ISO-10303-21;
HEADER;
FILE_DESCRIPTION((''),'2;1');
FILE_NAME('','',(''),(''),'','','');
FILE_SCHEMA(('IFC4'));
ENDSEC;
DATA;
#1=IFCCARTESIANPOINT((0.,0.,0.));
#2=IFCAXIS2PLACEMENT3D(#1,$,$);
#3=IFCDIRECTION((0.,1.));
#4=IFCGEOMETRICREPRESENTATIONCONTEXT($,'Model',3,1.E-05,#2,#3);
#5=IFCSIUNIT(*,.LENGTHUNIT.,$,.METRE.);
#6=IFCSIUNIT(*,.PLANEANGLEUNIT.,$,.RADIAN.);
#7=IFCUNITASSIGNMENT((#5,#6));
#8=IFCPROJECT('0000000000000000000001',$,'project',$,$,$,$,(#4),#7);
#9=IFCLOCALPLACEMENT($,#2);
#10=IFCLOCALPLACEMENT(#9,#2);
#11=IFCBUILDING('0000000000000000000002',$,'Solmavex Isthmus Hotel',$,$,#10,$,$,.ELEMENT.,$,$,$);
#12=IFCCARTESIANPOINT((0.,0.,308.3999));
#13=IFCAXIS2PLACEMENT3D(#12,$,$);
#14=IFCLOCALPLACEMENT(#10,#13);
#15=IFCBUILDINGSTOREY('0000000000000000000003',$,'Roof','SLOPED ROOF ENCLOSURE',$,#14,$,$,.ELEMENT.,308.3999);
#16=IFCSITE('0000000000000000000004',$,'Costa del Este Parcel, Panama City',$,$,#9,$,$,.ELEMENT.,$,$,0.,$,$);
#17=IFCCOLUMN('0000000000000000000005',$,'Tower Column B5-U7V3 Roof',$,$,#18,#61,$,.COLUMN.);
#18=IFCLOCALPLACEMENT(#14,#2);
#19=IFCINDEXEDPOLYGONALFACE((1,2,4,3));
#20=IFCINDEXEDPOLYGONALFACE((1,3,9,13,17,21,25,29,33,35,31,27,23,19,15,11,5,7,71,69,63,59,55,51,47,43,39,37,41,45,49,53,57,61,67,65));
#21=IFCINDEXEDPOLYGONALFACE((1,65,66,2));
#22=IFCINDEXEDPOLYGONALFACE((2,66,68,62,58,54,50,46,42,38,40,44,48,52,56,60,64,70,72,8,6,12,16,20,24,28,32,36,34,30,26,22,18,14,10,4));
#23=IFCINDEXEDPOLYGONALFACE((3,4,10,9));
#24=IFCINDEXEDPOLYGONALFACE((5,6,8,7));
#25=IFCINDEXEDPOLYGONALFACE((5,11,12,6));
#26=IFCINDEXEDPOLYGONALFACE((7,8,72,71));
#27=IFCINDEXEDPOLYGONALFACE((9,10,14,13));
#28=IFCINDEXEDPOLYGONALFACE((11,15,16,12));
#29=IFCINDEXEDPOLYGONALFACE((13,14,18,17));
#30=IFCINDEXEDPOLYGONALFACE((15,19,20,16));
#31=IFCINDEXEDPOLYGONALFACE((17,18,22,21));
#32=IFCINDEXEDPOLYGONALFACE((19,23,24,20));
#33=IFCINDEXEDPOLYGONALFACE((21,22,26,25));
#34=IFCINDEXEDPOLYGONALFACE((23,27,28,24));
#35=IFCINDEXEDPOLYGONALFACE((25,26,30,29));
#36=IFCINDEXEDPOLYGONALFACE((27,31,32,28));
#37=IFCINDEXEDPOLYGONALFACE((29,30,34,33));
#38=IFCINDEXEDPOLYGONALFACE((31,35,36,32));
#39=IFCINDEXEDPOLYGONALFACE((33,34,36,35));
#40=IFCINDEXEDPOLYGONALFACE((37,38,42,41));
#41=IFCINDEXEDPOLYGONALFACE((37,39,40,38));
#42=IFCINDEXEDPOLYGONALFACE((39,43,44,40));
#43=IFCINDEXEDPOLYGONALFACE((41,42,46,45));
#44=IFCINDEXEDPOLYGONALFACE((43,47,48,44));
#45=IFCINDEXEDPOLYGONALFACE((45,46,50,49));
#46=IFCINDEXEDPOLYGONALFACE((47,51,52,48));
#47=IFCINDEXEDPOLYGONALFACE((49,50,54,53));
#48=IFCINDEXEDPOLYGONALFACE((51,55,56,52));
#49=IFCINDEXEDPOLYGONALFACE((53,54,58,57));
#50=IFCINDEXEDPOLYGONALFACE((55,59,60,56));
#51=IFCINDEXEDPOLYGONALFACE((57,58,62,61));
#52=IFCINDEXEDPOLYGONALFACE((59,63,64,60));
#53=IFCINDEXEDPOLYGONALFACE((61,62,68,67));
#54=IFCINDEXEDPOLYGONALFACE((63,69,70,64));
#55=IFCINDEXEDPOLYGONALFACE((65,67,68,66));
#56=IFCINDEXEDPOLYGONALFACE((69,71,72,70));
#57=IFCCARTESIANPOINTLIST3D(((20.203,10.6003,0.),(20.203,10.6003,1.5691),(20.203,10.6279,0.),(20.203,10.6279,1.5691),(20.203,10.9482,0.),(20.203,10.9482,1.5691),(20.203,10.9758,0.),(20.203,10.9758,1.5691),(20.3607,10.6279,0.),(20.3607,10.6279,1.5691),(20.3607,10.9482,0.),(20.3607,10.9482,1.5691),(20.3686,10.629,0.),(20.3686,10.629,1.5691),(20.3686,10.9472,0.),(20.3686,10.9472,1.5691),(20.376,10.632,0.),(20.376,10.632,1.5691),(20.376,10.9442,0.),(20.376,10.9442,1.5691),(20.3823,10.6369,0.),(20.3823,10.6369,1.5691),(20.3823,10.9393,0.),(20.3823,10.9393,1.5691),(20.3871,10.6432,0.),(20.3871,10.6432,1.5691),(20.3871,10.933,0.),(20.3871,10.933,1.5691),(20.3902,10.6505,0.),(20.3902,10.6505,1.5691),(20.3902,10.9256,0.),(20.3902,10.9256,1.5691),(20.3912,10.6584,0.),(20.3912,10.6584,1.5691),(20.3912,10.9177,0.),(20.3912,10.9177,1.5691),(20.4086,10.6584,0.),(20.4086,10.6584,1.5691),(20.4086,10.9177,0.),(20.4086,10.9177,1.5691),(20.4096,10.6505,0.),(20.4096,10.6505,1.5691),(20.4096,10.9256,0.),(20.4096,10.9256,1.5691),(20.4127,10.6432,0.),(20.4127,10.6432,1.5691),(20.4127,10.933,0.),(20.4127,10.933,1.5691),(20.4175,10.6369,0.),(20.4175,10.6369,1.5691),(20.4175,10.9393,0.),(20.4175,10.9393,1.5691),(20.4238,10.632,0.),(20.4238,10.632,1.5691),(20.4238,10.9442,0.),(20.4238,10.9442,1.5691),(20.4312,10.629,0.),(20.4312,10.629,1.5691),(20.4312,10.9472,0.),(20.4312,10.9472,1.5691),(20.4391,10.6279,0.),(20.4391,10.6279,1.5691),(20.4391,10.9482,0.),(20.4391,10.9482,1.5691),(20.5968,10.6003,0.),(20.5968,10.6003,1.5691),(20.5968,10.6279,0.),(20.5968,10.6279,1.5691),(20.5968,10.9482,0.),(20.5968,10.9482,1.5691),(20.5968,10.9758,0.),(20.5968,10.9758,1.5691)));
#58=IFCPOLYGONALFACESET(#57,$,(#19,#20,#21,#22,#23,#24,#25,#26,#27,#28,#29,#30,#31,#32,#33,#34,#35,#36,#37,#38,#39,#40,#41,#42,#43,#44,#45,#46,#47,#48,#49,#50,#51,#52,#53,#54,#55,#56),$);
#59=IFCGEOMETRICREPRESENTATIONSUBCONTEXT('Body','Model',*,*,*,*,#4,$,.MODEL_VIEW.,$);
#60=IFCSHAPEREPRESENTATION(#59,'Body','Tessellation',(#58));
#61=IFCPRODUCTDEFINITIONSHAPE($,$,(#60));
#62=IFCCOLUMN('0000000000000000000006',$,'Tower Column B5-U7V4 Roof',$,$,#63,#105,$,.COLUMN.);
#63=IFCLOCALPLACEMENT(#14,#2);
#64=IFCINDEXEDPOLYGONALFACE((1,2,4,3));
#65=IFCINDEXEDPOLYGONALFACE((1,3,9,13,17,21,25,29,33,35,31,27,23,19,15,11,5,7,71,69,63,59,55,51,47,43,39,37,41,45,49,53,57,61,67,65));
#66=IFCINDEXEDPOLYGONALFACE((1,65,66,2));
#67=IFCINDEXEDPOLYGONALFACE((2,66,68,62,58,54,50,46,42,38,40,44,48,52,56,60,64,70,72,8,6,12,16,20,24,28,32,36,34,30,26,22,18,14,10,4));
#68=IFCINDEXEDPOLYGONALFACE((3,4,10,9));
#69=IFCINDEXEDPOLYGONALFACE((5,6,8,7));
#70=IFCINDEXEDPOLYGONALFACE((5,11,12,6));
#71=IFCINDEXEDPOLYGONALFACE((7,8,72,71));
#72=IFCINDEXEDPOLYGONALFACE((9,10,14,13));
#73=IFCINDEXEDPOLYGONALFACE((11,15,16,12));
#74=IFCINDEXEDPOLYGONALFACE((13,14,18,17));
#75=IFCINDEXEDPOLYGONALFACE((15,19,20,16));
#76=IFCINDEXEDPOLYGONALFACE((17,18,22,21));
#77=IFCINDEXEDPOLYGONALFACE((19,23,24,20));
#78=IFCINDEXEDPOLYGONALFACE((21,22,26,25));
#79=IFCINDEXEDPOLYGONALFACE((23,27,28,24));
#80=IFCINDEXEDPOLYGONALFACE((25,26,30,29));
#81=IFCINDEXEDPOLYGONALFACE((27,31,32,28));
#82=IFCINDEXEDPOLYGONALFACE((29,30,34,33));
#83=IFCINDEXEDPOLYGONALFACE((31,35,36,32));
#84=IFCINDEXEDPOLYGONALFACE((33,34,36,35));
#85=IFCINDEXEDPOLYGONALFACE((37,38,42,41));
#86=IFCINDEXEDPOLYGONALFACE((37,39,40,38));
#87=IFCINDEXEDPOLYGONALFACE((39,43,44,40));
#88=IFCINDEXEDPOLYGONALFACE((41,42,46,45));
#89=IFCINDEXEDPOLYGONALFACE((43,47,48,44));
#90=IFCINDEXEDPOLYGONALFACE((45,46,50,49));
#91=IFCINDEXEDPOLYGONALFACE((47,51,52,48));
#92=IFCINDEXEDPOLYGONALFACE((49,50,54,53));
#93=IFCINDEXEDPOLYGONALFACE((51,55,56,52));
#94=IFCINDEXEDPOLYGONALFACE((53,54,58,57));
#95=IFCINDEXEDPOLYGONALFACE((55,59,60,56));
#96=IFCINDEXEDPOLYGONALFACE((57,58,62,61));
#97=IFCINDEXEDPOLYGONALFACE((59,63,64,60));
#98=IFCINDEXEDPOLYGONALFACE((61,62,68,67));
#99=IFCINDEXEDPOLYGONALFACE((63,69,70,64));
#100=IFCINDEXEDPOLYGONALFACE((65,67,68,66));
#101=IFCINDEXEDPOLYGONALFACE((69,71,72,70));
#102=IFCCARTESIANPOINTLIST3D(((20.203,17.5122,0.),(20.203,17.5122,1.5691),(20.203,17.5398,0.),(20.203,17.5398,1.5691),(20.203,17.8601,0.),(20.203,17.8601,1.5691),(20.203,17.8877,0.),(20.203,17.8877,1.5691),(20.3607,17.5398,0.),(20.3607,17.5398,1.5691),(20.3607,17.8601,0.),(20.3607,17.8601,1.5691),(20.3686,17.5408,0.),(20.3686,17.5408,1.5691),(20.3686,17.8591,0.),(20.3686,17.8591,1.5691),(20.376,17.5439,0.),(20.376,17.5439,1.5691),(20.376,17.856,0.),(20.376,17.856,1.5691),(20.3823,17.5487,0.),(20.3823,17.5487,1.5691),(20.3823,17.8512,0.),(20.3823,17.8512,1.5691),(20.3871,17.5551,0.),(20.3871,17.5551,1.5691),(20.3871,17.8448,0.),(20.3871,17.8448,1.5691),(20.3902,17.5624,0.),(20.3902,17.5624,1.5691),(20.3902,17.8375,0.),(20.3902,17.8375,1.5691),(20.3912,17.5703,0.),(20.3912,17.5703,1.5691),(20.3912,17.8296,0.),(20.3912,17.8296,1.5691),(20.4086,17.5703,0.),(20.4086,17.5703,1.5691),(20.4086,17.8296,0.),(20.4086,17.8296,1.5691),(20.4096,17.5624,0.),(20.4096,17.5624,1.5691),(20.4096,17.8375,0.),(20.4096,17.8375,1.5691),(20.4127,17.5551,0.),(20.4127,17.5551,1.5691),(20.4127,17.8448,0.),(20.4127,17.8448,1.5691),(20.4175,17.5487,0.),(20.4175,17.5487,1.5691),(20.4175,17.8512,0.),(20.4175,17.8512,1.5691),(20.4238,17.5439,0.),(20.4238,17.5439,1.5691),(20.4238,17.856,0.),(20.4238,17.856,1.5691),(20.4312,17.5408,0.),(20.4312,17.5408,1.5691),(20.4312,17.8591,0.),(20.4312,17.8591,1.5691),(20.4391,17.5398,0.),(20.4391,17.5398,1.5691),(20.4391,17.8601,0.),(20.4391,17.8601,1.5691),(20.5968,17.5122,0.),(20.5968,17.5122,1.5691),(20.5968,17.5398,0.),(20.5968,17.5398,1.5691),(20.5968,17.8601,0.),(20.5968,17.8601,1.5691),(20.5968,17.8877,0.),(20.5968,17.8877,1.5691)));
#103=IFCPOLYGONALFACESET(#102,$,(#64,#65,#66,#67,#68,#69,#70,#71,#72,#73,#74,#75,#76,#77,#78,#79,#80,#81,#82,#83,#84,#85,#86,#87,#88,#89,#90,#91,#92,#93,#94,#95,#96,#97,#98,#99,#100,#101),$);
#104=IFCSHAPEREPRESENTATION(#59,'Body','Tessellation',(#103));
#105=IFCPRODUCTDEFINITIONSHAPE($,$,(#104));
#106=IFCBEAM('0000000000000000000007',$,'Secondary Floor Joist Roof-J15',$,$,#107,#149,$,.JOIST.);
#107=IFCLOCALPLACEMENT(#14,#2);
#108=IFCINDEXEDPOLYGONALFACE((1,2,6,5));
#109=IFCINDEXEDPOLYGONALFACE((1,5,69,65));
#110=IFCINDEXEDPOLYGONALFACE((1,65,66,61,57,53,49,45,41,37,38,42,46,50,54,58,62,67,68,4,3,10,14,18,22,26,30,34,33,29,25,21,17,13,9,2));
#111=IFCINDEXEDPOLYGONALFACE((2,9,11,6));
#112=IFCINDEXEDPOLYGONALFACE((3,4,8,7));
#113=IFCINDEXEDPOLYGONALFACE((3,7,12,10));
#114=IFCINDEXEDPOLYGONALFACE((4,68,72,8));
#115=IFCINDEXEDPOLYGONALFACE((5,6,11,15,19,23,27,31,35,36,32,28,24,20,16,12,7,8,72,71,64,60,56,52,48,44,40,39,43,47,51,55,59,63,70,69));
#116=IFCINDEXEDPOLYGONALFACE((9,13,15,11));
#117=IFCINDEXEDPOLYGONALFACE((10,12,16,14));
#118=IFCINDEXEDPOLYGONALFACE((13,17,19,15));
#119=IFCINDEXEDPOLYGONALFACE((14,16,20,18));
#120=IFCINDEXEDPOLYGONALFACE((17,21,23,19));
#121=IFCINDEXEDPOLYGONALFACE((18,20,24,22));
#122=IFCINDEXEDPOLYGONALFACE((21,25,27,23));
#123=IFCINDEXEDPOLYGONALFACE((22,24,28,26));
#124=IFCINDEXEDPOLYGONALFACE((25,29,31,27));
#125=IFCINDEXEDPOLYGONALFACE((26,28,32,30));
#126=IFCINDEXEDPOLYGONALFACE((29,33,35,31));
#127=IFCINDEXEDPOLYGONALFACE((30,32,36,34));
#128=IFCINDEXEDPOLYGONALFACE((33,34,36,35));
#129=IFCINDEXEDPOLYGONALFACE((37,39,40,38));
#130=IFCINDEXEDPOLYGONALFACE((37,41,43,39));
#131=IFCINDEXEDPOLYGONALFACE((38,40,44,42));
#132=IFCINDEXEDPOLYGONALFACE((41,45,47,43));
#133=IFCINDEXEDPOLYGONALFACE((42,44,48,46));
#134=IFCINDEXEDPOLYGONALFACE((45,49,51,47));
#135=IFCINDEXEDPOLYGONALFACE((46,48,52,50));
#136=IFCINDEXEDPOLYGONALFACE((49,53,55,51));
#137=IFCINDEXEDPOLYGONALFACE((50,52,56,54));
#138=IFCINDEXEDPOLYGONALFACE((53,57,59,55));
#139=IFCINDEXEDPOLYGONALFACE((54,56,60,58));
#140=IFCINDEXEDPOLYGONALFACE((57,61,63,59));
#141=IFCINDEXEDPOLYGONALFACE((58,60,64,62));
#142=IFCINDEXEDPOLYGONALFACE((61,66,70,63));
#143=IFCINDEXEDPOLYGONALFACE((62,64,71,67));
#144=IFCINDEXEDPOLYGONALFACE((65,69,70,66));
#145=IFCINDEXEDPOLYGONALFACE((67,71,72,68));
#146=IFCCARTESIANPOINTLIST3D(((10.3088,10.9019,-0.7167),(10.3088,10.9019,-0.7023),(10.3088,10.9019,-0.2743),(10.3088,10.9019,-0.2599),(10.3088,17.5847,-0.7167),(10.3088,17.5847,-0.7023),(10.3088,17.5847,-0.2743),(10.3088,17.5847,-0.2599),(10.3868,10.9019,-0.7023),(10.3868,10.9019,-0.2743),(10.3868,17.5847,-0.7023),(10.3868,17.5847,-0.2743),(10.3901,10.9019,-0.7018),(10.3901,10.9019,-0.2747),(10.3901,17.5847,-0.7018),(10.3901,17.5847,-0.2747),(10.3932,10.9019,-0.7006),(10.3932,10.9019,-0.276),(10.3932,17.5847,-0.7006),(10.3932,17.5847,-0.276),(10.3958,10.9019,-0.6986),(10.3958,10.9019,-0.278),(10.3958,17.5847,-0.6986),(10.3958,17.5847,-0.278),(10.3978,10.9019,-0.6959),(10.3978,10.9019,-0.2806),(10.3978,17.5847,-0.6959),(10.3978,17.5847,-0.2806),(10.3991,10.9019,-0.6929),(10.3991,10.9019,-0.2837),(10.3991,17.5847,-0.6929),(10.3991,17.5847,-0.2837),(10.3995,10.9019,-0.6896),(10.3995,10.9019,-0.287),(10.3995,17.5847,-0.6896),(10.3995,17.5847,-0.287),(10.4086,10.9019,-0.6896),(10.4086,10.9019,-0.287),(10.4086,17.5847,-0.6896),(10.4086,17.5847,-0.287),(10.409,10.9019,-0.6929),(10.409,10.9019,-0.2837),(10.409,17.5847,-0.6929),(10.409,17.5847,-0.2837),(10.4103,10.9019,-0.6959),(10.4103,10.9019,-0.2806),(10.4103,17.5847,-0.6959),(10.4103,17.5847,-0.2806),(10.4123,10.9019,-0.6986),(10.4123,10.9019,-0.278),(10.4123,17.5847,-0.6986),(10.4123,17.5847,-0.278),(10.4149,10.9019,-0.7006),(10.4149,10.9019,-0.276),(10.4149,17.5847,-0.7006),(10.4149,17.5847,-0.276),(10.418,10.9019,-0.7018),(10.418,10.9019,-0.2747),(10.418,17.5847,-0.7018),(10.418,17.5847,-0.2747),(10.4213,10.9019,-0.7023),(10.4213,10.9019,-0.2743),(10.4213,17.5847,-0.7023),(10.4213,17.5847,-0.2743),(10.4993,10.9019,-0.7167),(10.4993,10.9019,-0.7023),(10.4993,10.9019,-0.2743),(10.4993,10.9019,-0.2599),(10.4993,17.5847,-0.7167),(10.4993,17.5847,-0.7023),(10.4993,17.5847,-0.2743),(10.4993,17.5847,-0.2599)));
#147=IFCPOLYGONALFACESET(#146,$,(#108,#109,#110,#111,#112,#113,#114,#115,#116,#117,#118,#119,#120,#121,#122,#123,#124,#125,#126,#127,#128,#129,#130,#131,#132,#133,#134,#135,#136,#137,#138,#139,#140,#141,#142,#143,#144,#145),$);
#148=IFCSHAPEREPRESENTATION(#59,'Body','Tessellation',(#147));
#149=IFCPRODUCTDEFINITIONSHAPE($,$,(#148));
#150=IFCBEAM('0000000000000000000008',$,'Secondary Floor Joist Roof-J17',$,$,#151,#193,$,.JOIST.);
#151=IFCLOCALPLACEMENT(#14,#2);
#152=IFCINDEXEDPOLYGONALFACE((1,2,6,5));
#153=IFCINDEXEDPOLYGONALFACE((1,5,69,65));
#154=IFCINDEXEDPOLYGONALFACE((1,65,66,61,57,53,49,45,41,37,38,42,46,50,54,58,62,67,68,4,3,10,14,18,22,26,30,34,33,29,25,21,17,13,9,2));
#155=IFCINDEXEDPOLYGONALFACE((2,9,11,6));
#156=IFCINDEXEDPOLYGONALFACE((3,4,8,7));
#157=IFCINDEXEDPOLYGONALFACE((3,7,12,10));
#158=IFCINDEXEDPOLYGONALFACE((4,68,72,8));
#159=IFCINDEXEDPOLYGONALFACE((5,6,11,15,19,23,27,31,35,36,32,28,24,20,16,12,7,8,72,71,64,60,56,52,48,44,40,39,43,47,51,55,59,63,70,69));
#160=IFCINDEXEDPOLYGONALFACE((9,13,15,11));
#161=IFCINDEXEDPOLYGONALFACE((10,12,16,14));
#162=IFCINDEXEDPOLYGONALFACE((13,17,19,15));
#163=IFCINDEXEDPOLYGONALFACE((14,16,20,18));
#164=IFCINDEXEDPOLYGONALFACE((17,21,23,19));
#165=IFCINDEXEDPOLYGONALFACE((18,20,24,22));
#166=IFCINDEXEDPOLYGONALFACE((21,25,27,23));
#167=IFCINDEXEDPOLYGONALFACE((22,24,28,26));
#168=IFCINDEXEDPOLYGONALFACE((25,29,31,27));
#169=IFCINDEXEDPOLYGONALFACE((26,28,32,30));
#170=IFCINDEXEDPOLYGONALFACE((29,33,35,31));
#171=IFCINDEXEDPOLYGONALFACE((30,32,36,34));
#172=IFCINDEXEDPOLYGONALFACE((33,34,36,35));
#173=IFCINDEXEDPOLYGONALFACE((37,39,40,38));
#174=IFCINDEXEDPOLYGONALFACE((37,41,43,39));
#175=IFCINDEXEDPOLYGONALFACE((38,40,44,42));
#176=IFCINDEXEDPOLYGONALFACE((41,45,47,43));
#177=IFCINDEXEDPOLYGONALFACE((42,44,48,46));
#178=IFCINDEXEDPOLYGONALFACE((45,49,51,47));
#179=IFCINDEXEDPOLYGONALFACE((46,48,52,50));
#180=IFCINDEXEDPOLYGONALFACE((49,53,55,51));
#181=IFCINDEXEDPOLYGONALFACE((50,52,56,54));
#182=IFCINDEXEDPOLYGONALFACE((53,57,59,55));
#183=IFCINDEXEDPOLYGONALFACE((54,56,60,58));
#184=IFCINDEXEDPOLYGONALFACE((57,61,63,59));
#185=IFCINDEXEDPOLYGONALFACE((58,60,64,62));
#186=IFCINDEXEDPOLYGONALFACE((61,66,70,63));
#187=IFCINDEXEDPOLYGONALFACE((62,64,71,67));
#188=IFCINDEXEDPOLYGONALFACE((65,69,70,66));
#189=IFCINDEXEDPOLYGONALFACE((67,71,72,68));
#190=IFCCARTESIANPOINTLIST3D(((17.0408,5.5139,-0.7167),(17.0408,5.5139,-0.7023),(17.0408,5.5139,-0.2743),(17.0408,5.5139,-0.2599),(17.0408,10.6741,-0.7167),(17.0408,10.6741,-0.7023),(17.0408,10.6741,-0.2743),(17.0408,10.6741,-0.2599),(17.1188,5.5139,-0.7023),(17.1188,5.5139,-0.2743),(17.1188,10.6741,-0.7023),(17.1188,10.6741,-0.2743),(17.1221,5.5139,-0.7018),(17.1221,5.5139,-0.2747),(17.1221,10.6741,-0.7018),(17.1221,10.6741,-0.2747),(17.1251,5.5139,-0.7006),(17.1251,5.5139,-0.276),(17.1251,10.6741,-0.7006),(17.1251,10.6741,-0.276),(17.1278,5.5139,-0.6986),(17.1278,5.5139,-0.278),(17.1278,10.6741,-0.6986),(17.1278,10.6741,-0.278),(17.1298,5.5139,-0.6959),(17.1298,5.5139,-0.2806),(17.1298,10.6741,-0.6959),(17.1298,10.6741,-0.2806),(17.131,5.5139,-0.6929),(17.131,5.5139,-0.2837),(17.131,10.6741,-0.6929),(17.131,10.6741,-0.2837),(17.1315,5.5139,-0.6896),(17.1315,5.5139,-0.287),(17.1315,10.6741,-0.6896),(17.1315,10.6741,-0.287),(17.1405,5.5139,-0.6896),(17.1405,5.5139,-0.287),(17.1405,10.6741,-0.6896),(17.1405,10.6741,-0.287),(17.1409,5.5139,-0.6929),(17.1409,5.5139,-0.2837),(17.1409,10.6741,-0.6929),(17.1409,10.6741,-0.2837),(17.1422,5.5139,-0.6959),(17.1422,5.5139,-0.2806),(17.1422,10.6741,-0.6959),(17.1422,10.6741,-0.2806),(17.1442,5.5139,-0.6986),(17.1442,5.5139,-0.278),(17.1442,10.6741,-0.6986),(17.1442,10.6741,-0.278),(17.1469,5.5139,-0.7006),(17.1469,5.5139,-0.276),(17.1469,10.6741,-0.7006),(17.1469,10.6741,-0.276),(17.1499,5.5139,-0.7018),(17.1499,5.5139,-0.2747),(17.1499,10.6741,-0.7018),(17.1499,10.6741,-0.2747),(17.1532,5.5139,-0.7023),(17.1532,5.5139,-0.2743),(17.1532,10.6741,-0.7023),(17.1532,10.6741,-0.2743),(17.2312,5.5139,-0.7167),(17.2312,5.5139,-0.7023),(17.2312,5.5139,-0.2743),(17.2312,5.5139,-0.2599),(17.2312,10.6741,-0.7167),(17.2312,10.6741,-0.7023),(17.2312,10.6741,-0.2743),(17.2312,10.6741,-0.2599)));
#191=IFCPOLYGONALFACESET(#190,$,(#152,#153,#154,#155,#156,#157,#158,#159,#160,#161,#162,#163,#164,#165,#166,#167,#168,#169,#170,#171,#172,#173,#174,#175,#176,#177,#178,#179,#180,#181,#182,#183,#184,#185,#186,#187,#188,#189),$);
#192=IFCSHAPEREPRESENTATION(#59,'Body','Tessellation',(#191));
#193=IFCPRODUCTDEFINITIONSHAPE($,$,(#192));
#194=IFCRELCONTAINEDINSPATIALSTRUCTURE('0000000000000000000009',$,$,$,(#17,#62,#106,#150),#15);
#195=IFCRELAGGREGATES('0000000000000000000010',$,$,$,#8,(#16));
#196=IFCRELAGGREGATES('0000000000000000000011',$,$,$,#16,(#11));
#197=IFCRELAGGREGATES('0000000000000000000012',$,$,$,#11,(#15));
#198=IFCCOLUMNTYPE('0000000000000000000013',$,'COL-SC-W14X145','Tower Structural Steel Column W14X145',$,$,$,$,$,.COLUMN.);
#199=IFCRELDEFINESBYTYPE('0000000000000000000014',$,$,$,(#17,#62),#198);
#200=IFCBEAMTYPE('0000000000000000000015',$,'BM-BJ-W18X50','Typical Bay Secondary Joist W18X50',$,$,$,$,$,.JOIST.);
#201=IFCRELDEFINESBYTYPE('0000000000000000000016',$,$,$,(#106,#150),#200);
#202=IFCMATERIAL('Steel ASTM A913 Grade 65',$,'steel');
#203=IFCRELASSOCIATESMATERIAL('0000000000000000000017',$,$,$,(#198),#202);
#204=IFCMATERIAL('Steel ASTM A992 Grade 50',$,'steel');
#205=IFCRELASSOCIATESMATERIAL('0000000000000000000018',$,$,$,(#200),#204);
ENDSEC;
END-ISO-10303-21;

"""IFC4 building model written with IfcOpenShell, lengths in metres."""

from ifc_helpers import new_model, si_unit, direction, frame, origin, origin_2d, place, context, subcontext, project, spatial, i_section, extrude, material, material_profile, profile_set, type_object, element, save


model = new_model("IFC4")

# Units and contexts
model_context = context("Model", 3, precision=1e-05, world=origin(), true_north=direction((0.0, 1.0)))
body_context = subcontext(model_context, "Body", "Model", "MODEL_VIEW")
ifc_project = project(units=[si_unit("LENGTHUNIT", "METRE"), si_unit("PLANEANGLEUNIT", "RADIAN")], contexts=[model_context])

# Site, building, storey
site_placement = place(None, origin())
site = spatial("IfcSite", under=ifc_project, at=site_placement, Name="Costa del Este Parcel, Panama City", CompositionType="ELEMENT", RefElevation=0.0)
building_placement = place(site_placement, origin())
building = spatial("IfcBuilding", under=site, at=building_placement, Name="Solmavex Isthmus Hotel", CompositionType="ELEMENT")
storey_placement = place(building_placement, frame((0.0, 0.0, 308.3999)))
storey = spatial("IfcBuildingStorey", under=building, at=storey_placement, Name="Roof", Description="SLOPED ROOF ENCLOSURE", CompositionType="ELEMENT", Elevation=308.3999)

# Columns
ifc_material_1 = material(Name="Steel ASTM A913 Grade 65", Category="steel")
ifc_material_profile_1 = material_profile(ifc_material_1, i_section(OverallWidth=0.3938, OverallDepth=0.3755, WebThickness=0.0173, FlangeThickness=0.0276, FilletRadius=0.0305, at=origin_2d()), Name="W14X145")
ifc_profile_set_1 = profile_set([ifc_material_profile_1], Name="Steel ASTM A913 Grade 65")
column_type = type_object("IfcColumnType", Name="COL-SC-W14X145", Description="Tower Structural Steel Column W14X145", PredefinedType="COLUMN", material=ifc_profile_set_1)
for number, where, z_axis, x_axis, name in (
    (1, (20.3999, 10.7881, 0.0), (0.0, 0.0, 1.0), (1.0, 0.0, 0.0), "Tower Column B5-U7V3 Roof"),
    (2, (20.3999, 17.7, 0.0), (0.0, 0.0, 1.0), (1.0, 0.0, 0.0), "Tower Column B5-U7V4 Roof"),
):
    element("IfcColumn", number, at=place(storey_placement, frame(where, z_axis=z_axis, x_axis=x_axis)), inside=storey, type_object=column_type, Name=name, PredefinedType="COLUMN", context=body_context, shape_type="SweptSolid", body=[
        extrude(i_section(OverallWidth=0.3938, OverallDepth=0.3755, WebThickness=0.0173, FlangeThickness=0.0276, FilletRadius=0.0305, at=origin_2d()), origin(), (0.0, 0.0, 1.0), 1.5691),
    ])

# Beams
ifc_material_2 = material(Name="Steel ASTM A992 Grade 50", Category="steel")
ifc_material_profile_2 = material_profile(ifc_material_2, i_section(OverallWidth=0.1904, OverallDepth=0.4568, WebThickness=0.009, FlangeThickness=0.0144, FilletRadius=0.0127, at=origin_2d()), Name="W18X50")
ifc_profile_set_2 = profile_set([ifc_material_profile_2], Name="Steel ASTM A992 Grade 50")
beam_type_1 = type_object("IfcBeamType", Name="BM-BJ-W18X50", Description="Typical Bay Secondary Joist W18X50", PredefinedType="JOIST", material=ifc_profile_set_2)
beam_1_placement = place(storey_placement, frame((10.4041, 10.9019, -0.4883), z_axis=(0.0, 1.0, 0.0), x_axis=(-1.0, 0.0, 0.0)))
element("IfcBeam", 3, at=beam_1_placement, inside=storey, type_object=beam_type_1, Name="Secondary Floor Joist Roof-J15", PredefinedType="JOIST", context=body_context, shape_type="SweptSolid", body=[
    extrude(i_section(OverallWidth=0.1904, OverallDepth=0.4568, WebThickness=0.009, FlangeThickness=0.0144, FilletRadius=0.0127, at=origin_2d()), origin(), (0.0, 0.0, 1.0), 6.6829),
])
beam_2_placement = place(storey_placement, frame((17.136, 5.5139, -0.4883), z_axis=(0.0, 1.0, 0.0), x_axis=(-1.0, 0.0, 0.0)))
element("IfcBeam", 4, at=beam_2_placement, inside=storey, type_object=beam_type_1, Name="Secondary Floor Joist Roof-J17", PredefinedType="JOIST", context=body_context, shape_type="SweptSolid", body=[
    extrude(i_section(OverallWidth=0.1904, OverallDepth=0.4568, WebThickness=0.009, FlangeThickness=0.0144, FilletRadius=0.0127, at=origin_2d()), origin(), (0.0, 0.0, 1.0), 5.1602),
])

save(model, "model.ifc")
